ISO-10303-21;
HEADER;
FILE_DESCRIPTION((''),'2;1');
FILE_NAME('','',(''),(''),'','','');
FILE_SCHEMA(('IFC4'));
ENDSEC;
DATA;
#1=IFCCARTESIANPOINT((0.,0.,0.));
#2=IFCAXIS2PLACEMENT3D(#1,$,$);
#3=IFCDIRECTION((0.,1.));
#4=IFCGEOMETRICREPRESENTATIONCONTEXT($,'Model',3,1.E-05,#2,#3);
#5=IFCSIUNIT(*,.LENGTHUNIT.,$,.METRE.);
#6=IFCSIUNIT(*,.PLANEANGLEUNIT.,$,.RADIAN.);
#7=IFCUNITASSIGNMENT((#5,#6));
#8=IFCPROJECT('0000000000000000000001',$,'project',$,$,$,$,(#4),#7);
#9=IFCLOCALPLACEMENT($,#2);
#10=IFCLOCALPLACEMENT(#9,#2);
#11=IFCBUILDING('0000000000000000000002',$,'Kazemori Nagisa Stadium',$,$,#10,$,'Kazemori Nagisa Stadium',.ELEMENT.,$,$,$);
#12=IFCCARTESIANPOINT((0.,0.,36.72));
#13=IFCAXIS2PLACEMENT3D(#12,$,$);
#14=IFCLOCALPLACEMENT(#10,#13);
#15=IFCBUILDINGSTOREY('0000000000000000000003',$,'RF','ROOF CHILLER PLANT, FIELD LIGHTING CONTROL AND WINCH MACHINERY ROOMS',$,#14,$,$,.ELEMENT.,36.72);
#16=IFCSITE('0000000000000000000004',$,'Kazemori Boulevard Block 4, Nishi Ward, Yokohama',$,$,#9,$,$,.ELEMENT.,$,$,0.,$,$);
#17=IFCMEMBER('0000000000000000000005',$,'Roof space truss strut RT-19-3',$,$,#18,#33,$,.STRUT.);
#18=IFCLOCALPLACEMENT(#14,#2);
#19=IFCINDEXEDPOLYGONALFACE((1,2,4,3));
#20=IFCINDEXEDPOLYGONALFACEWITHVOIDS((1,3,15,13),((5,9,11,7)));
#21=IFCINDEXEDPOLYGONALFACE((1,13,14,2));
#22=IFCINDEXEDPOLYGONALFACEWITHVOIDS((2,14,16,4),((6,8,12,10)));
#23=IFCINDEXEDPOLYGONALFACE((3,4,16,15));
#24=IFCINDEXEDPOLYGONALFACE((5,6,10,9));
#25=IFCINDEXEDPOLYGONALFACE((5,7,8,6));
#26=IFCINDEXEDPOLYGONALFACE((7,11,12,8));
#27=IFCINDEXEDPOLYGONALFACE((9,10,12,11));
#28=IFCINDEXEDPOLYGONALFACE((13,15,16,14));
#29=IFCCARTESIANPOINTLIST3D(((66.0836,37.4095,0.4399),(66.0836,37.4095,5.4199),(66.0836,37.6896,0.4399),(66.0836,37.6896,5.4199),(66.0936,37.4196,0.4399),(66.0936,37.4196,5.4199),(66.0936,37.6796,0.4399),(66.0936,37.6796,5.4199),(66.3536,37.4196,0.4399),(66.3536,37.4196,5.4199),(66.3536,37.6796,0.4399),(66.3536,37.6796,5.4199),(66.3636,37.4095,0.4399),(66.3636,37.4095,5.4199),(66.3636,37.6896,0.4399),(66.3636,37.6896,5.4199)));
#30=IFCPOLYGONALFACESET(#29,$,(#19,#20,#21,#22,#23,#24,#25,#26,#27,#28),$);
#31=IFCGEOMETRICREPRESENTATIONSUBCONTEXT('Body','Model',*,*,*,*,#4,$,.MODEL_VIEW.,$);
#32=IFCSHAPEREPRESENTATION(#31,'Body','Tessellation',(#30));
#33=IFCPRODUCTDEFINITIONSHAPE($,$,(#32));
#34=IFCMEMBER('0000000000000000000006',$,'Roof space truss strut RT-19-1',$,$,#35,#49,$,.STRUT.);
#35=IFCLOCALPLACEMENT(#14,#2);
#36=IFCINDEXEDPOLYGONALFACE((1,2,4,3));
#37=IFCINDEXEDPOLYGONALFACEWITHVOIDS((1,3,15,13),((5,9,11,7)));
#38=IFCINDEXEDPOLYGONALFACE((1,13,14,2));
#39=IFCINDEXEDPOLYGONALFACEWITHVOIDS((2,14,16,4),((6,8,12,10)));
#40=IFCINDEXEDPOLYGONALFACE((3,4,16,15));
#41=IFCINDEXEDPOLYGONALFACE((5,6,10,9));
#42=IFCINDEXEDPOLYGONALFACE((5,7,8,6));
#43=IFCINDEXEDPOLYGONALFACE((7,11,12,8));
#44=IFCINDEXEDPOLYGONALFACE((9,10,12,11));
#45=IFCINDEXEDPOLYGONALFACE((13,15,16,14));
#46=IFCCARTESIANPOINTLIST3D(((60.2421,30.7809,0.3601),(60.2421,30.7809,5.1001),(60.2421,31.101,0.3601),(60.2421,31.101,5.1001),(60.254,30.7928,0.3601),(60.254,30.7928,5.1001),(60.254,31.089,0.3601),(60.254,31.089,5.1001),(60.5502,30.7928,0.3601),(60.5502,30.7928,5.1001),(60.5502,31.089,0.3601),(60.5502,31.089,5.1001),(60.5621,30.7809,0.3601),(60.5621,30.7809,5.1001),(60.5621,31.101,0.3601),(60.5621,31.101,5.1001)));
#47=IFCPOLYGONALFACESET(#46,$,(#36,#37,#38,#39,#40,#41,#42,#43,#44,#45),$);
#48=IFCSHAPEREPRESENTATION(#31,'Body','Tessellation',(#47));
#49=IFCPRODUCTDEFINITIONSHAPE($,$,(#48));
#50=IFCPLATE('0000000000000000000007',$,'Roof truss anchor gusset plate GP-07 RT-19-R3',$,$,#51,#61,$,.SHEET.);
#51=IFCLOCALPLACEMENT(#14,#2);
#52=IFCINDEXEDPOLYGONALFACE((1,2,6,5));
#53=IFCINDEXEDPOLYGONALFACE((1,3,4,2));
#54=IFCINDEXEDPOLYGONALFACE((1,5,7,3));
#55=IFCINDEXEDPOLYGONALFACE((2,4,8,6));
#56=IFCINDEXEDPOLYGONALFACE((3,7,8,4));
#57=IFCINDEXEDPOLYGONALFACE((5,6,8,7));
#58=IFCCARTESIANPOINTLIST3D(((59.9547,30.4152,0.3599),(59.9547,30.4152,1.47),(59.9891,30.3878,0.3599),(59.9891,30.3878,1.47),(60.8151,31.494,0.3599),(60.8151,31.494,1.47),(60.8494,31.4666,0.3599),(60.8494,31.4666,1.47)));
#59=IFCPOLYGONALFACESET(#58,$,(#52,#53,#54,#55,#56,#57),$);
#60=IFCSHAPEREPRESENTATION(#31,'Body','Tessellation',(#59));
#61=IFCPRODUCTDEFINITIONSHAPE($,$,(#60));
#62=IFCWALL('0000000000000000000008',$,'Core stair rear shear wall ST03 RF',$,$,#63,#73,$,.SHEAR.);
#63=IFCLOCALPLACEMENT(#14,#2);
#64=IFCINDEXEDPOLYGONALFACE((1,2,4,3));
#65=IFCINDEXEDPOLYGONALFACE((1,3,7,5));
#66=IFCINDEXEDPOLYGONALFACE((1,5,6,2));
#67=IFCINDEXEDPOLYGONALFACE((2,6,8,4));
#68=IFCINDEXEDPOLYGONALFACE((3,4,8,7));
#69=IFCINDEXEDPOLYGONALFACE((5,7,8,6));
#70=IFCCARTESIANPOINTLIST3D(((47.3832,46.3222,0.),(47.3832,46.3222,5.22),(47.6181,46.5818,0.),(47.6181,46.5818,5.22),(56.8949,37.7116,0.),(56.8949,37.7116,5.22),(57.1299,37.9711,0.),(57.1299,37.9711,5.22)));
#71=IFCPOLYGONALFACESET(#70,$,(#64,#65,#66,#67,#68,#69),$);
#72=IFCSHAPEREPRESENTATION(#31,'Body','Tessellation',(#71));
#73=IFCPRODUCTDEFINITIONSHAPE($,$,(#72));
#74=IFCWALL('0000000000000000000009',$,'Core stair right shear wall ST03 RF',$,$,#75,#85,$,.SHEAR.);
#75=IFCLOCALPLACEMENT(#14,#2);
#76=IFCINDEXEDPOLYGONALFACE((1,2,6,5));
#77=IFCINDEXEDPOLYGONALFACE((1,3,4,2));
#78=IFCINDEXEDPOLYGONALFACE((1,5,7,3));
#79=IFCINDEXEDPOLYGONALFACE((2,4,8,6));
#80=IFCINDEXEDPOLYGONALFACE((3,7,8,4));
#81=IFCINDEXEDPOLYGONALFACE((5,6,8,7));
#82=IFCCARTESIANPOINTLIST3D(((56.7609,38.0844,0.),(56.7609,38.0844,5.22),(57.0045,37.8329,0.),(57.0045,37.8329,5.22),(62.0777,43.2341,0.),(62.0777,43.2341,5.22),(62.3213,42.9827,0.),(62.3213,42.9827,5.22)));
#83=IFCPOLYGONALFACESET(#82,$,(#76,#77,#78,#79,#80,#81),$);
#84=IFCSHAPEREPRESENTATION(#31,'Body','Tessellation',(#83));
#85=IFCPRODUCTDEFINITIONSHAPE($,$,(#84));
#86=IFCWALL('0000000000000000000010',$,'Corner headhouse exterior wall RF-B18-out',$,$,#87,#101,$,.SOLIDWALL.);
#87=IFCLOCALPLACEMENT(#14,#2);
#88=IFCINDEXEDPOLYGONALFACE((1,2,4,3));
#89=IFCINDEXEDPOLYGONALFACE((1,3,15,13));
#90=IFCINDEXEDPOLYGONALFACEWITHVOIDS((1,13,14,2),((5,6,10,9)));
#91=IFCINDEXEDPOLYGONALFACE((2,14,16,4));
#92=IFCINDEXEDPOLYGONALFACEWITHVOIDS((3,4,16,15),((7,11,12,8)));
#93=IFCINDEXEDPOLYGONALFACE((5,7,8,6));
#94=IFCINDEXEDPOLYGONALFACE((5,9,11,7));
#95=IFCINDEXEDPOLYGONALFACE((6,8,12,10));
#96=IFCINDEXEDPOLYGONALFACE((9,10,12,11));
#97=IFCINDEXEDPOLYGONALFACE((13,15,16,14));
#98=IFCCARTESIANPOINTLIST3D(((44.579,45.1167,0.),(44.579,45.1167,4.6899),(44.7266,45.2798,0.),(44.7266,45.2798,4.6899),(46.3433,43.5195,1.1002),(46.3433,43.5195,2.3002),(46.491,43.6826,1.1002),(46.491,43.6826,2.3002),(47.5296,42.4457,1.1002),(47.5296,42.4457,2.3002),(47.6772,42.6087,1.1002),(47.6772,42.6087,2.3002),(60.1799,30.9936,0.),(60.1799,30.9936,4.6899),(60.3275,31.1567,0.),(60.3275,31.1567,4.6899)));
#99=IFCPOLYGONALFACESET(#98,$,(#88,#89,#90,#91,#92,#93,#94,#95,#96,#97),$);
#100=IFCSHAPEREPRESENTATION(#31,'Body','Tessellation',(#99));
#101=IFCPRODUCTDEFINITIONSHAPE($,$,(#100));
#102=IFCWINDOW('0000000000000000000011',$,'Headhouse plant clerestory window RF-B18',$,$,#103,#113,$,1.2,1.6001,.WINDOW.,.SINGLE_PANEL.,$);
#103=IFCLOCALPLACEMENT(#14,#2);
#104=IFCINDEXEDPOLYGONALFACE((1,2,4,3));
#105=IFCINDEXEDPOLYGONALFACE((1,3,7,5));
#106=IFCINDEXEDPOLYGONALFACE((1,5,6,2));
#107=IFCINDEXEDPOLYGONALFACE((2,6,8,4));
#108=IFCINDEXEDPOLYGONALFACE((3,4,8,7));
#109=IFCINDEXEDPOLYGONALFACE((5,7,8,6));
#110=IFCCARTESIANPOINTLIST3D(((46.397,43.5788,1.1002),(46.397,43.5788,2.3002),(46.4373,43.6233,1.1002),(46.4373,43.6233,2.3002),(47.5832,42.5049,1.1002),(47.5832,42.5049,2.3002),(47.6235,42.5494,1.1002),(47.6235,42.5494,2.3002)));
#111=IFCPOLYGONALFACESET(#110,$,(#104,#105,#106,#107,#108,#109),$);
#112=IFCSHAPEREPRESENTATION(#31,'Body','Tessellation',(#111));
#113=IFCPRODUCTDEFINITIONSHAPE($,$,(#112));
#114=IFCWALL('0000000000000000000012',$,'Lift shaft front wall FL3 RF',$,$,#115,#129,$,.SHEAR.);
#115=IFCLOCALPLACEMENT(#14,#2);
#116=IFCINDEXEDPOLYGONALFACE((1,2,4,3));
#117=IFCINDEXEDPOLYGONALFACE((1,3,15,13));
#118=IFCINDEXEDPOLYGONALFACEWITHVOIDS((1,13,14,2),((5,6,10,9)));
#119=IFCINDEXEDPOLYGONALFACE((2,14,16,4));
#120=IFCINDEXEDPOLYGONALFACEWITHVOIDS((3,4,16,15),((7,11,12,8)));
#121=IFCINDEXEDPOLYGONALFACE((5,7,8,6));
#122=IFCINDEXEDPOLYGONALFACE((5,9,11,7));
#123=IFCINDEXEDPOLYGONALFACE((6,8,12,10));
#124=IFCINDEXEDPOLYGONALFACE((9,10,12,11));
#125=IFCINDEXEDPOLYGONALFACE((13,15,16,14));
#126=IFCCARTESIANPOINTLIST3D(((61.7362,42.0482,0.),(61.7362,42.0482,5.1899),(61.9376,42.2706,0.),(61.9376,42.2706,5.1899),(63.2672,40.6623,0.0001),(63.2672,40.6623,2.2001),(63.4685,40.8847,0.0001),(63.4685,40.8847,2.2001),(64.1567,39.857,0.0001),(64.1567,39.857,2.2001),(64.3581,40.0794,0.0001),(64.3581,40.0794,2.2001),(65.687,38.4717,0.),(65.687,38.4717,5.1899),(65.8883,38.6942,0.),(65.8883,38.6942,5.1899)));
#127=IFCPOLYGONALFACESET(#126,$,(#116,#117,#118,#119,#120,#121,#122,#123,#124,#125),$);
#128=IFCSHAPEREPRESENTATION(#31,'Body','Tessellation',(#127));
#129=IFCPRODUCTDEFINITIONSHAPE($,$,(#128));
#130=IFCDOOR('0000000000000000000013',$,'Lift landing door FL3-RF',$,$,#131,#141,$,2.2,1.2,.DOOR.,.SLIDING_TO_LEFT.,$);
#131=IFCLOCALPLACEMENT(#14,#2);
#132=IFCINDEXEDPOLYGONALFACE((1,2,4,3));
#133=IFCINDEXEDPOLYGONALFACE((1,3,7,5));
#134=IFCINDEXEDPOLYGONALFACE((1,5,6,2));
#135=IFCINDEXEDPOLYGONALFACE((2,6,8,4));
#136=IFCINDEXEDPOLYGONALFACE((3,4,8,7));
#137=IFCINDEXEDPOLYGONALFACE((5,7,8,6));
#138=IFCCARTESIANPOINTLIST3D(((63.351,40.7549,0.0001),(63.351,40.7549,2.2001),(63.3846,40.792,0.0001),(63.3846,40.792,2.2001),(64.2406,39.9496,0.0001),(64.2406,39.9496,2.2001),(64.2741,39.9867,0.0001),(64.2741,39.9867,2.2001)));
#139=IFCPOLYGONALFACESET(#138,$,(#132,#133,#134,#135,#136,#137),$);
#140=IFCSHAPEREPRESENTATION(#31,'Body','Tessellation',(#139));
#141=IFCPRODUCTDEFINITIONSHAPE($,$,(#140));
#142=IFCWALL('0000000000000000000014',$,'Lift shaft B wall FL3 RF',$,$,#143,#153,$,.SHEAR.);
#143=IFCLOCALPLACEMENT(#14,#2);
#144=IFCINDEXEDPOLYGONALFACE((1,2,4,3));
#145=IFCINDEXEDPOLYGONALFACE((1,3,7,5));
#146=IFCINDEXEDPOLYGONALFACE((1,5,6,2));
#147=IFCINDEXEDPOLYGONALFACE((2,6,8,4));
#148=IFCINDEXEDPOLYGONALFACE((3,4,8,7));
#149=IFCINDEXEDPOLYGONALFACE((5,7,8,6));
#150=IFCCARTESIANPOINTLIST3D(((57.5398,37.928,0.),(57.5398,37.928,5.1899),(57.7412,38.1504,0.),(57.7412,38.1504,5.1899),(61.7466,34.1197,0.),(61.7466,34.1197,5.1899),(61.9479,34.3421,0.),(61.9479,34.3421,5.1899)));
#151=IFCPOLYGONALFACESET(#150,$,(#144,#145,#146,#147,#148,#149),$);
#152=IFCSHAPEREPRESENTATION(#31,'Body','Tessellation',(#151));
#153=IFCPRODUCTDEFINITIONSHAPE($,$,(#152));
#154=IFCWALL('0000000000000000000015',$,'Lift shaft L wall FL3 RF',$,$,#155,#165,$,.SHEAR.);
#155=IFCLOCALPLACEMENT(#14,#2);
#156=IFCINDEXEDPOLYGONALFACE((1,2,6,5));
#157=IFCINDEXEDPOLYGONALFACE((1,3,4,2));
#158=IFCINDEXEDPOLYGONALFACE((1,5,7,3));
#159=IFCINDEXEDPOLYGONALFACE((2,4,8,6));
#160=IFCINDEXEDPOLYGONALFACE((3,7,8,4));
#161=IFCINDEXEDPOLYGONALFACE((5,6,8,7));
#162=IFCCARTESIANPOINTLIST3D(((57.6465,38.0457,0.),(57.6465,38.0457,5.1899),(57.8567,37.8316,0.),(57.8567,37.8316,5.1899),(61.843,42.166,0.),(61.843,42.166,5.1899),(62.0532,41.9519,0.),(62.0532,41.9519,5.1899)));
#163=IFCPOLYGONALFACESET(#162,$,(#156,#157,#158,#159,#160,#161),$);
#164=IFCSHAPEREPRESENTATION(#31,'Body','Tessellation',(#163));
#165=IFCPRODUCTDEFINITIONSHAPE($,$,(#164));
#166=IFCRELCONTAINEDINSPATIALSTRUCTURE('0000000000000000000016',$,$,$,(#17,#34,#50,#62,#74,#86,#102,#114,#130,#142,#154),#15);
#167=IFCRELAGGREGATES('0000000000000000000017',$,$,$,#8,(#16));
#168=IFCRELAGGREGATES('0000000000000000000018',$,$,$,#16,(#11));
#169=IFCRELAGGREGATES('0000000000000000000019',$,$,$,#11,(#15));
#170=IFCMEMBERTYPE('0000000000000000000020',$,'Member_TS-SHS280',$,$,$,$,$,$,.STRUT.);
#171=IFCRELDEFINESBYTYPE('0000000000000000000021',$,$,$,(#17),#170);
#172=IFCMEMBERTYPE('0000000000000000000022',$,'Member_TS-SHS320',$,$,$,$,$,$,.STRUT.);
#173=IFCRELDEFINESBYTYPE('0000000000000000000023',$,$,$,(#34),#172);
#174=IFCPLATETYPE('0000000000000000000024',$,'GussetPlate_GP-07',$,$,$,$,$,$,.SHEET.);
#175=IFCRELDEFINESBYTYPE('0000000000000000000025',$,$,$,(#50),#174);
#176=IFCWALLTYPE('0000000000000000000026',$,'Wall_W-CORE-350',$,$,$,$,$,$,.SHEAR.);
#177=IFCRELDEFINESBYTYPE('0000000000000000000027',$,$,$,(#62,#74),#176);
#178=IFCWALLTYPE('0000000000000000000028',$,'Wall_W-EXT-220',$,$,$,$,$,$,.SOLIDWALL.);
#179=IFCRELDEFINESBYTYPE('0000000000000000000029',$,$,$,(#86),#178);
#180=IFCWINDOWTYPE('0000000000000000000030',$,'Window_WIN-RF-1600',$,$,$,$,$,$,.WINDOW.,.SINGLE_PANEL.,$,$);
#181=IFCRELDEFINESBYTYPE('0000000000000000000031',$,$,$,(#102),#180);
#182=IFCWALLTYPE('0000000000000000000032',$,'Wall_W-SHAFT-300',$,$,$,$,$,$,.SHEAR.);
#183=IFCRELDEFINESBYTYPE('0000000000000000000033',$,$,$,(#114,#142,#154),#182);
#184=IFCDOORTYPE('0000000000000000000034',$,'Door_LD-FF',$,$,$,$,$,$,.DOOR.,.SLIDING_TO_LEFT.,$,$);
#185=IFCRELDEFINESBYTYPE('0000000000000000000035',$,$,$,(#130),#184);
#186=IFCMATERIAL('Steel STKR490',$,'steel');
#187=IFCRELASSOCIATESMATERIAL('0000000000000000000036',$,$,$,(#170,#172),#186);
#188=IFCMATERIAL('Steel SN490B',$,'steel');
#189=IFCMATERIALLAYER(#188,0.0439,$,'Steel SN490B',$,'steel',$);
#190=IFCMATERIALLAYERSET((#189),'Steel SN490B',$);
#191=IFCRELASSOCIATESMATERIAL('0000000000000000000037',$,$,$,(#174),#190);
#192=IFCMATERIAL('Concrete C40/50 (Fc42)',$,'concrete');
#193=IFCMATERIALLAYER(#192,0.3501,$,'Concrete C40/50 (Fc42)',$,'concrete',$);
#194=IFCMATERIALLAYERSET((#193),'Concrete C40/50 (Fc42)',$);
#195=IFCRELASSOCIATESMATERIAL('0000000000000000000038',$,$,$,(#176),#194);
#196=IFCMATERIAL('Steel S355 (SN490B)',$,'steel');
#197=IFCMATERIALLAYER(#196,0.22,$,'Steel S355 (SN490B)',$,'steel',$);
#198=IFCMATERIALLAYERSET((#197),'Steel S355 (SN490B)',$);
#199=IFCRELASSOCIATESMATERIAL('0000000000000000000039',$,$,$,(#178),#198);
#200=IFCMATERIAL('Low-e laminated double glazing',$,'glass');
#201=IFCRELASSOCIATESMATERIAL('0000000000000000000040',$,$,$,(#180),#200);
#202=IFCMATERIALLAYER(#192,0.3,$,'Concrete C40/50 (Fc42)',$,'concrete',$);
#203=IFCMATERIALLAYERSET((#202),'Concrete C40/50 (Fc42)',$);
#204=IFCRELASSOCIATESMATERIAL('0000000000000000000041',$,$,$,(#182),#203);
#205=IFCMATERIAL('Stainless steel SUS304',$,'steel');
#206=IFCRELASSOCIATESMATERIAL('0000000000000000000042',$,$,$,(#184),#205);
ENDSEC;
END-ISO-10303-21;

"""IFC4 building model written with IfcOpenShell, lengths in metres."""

from ifc_helpers import new_model, si_unit, direction, frame, frame_2d, origin, origin_2d, place, context, subcontext, project, spatial, rectangle, hollow_rectangle, extrude, material, layer, layer_set, material_profile, profile_set, type_object, element, fill, save


model = new_model("IFC4")

# Units and contexts
model_context = context("Model", 3, precision=1e-05, world=origin(), true_north=direction((0.0, 1.0)))
body_context = subcontext(model_context, "Body", "Model", "MODEL_VIEW")
ifc_project = project(units=[si_unit("LENGTHUNIT", "METRE"), si_unit("PLANEANGLEUNIT", "RADIAN")], contexts=[model_context])

# Site, building, storey
site_placement = place(None, origin())
site = spatial("IfcSite", under=ifc_project, at=site_placement, Name="Kazemori Boulevard Block 4, Nishi Ward, Yokohama", CompositionType="ELEMENT", RefElevation=0.0)
building_placement = place(site_placement, origin())
building = spatial("IfcBuilding", under=site, at=building_placement, Name="Kazemori Nagisa Stadium", LongName="Kazemori Nagisa Stadium", CompositionType="ELEMENT")
storey_placement = place(building_placement, frame((0.0, 0.0, 36.72)))
storey = spatial("IfcBuildingStorey", under=building, at=storey_placement, Name="RF", Description="ROOF CHILLER PLANT, FIELD LIGHTING CONTROL AND WINCH MACHINERY ROOMS", CompositionType="ELEMENT", Elevation=36.72)

# Shared definitions
ifc_material_1 = material(Name="Steel SN490B", Category="steel")

# Shared definitions
ifc_material_2 = material(Name="Concrete C40/50 (Fc42)", Category="concrete")

# Members
ifc_material_3 = material(Name="Steel STKR490", Category="steel")
ifc_material_profile_1 = material_profile(ifc_material_3, hollow_rectangle(XDim=0.28, YDim=0.28, WallThickness=0.01, at=origin_2d()), Name="SHS-280x280x10")
ifc_profile_set_1 = profile_set([ifc_material_profile_1], Name="Steel STKR490")
member_type_1 = type_object("IfcMemberType", Name="Member_TS-SHS280", PredefinedType="STRUT", material=ifc_profile_set_1)
member_1_placement = place(storey_placement, frame((66.2236, 37.5496, 0.4399), z_axis=(0.0, 0.0, 1.0), x_axis=(1.0, 0.0, 0.0)))
element("IfcMember", 1, at=member_1_placement, inside=storey, type_object=member_type_1, Name="Roof space truss strut RT-19-3", PredefinedType="STRUT", context=body_context, shape_type="SweptSolid", body=[
    extrude(hollow_rectangle(XDim=0.28, YDim=0.28, WallThickness=0.01, at=origin_2d()), origin(), (0.0, 0.0, 1.0), 4.98),
])
ifc_material_profile_2 = material_profile(ifc_material_3, hollow_rectangle(XDim=0.3201, YDim=0.3201, WallThickness=0.012, at=origin_2d()), Name="SHS-320x320x12")
ifc_profile_set_2 = profile_set([ifc_material_profile_2], Name="Steel STKR490")
member_type_2 = type_object("IfcMemberType", Name="Member_TS-SHS320", PredefinedType="STRUT", material=ifc_profile_set_2)
member_2_placement = place(storey_placement, frame((60.4021, 30.9409, 0.3601), z_axis=(0.0, 0.0, 1.0), x_axis=(1.0, 0.0, 0.0)))
element("IfcMember", 2, at=member_2_placement, inside=storey, type_object=member_type_2, Name="Roof space truss strut RT-19-1", PredefinedType="STRUT", context=body_context, shape_type="SweptSolid", body=[
    extrude(hollow_rectangle(XDim=0.3201, YDim=0.3201, WallThickness=0.012, at=origin_2d()), origin(), (0.0, 0.0, 1.0), 4.74),
])

# Plate
ifc_layer_1 = layer(ifc_material_1, 0.0439, Name="Steel SN490B", Category="steel")
ifc_layer_set_1 = layer_set([ifc_layer_1], Name="Steel SN490B")
plate_type = type_object("IfcPlateType", Name="GussetPlate_GP-07", PredefinedType="SHEET", material=ifc_layer_set_1)
plate_placement = place(storey_placement, frame((60.4021, 30.9409, 0.3599), z_axis=(0.0, 0.0, 1.0), x_axis=(-0.62349, -0.781831, 0.0)))
element("IfcPlate", 3, at=plate_placement, inside=storey, type_object=plate_type, Name="Roof truss anchor gusset plate GP-07 RT-19-R3", PredefinedType="SHEET", context=body_context, shape_type="SweptSolid", body=[
    extrude(rectangle(XDim=1.3799, YDim=0.0439, at=origin_2d()), origin(), (0.0, 0.0, 1.0), 1.1101),
])

# Walls
ifc_layer_2 = layer(ifc_material_2, 0.3501, Name="Concrete C40/50 (Fc42)", Category="concrete")
ifc_layer_set_2 = layer_set([ifc_layer_2], Name="Concrete C40/50 (Fc42)")
wall_type_1 = type_object("IfcWallType", Name="Wall_W-CORE-350", PredefinedType="SHEAR", material=ifc_layer_set_2)
wall_1_placement = place(storey_placement, frame((47.5007, 46.4519, 0.0), z_axis=(0.0, 0.0, 1.0), x_axis=(0.741351, -0.671117, 0.0)))
element("IfcWall", 4, at=wall_1_placement, inside=storey, type_object=wall_type_1, Name="Core stair rear shear wall ST03 RF", PredefinedType="SHEAR", context=body_context, shape_type="SweptSolid", body=[
    extrude(rectangle(XDim=12.8303, YDim=0.3501, at=frame_2d((6.415, 0.0))), origin(), (0.0, 0.0, 1.0), 5.22),
])
wall_2_placement = place(storey_placement, frame((62.1995, 43.1084, 0.0), z_axis=(0.0, 0.0, 1.0), x_axis=(-0.718297, -0.695736, 0.0)))
element("IfcWall", 5, at=wall_2_placement, inside=storey, type_object=wall_type_1, Name="Core stair right shear wall ST03 RF", PredefinedType="SHEAR", context=body_context, shape_type="SweptSolid", body=[
    extrude(rectangle(XDim=7.4019, YDim=0.3501, at=frame_2d((3.7009, 0.0))), origin(), (0.0, 0.0, 1.0), 5.22),
])

# Wall, opening, window
ifc_material_4 = material(Name="Steel S355 (SN490B)", Category="steel")
ifc_layer_3 = layer(ifc_material_4, 0.22, Name="Steel S355 (SN490B)", Category="steel")
ifc_layer_set_3 = layer_set([ifc_layer_3], Name="Steel S355 (SN490B)")
wall_type_2 = type_object("IfcWallType", Name="Wall_W-EXT-220", PredefinedType="SOLIDWALL", material=ifc_layer_set_3)
wall_3_placement = place(storey_placement, frame((44.6528, 45.1982, 0.0), z_axis=(0.0, 0.0, 1.0), x_axis=(0.741346, -0.671123, 0.0)))
wall_3 = element("IfcWall", 6, at=wall_3_placement, inside=storey, type_object=wall_type_2, Name="Corner headhouse exterior wall RF-B18-out", PredefinedType="SOLIDWALL", context=body_context, shape_type="SweptSolid", body=[
    extrude(rectangle(XDim=21.0439, YDim=0.22, at=frame_2d((10.522, 0.0))), origin(), (0.0, 0.0, 1.0), 4.6899),
])
opening_1_placement = place(wall_3_placement, frame((2.3799, 0.0, 1.1001)))
opening_1 = element("IfcOpeningElement", 7, at=opening_1_placement, cuts=wall_3, PredefinedType="OPENING", context=body_context, shape_type="SweptSolid", body=[
    extrude(rectangle(XDim=1.6001, YDim=1.2, at=frame_2d((0.8, 0.6001))), frame((0.0, 0.1199, 0.0), z_axis=(0.0, -1.0, 0.0), x_axis=(1.0, 0.0, 0.0)), (0.0, 0.0, 1.0), 0.24),
])
ifc_material_5 = material(Name="Low-e laminated double glazing", Category="glass")
window_type = type_object("IfcWindowType", Name="Window_WIN-RF-1600", PartitioningType="SINGLE_PANEL", PredefinedType="WINDOW", material=ifc_material_5)
window_placement = place(opening_1_placement, origin())
window = element("IfcWindow", 8, at=window_placement, inside=storey, type_object=window_type, Name="Headhouse plant clerestory window RF-B18", OverallHeight=1.2, OverallWidth=1.6001, PartitioningType="SINGLE_PANEL", PredefinedType="WINDOW", context=body_context, shape_type="SweptSolid", body=[
    extrude(rectangle(XDim=1.6001, YDim=1.2, at=frame_2d((0.8, 0.6001))), frame((0.0, 0.03, 0.0), z_axis=(0.0, -1.0, 0.0), x_axis=(1.0, 0.0, 0.0)), (0.0, 0.0, 1.0), 0.0601),
])
fill(opening_1, window)

# Wall, opening, door
ifc_layer_4 = layer(ifc_material_2, 0.3, Name="Concrete C40/50 (Fc42)", Category="concrete")
ifc_layer_set_4 = layer_set([ifc_layer_4], Name="Concrete C40/50 (Fc42)")
wall_type_3 = type_object("IfcWallType", Name="Wall_W-SHAFT-300", PredefinedType="SHEAR", material=ifc_layer_set_4)
wall_4_placement = place(storey_placement, frame((61.8369, 42.1594, 0.0), z_axis=(0.0, 0.0, 1.0), x_axis=(0.74135, -0.671118, 0.0)))
wall_4 = element("IfcWall", 9, at=wall_4_placement, inside=storey, type_object=wall_type_3, Name="Lift shaft front wall FL3 RF", PredefinedType="SHEAR", context=body_context, shape_type="SweptSolid", body=[
    extrude(rectangle(XDim=5.3291, YDim=0.3, at=frame_2d((2.6646, 0.0))), origin(), (0.0, 0.0, 1.0), 5.1899),
])
opening_2_placement = place(wall_4_placement, frame((2.0649, 0.0, 0.0)))
opening_2 = element("IfcOpeningElement", 10, at=opening_2_placement, cuts=wall_4, PredefinedType="OPENING", context=body_context, shape_type="SweptSolid", body=[
    extrude(rectangle(XDim=1.2, YDim=2.2, at=frame_2d((0.6001, 1.1001))), frame((0.0, 0.1599, 0.0), z_axis=(0.0, -1.0, 0.0), x_axis=(1.0, 0.0, 0.0)), (0.0, 0.0, 1.0), 0.3201),
])
ifc_material_6 = material(Name="Stainless steel SUS304", Category="steel")
door_type_1 = type_object("IfcDoorType", Name="Door_LD-FF", OperationType="SLIDING_TO_LEFT", PredefinedType="DOOR", material=ifc_material_6)
door_1_placement = place(opening_2_placement, origin())
door_1 = element("IfcDoor", 11, at=door_1_placement, inside=storey, type_object=door_type_1, Name="Lift landing door FL3-RF", OperationType="SLIDING_TO_LEFT", OverallHeight=2.2, OverallWidth=1.2, PredefinedType="DOOR", context=body_context, shape_type="SweptSolid", body=[
    extrude(rectangle(XDim=1.2, YDim=2.2, at=frame_2d((0.6001, 1.1001))), frame((0.0, 0.0249, 0.0), z_axis=(0.0, -1.0, 0.0), x_axis=(1.0, 0.0, 0.0)), (0.0, 0.0, 1.0), 0.05),
])
fill(opening_2, door_1)

# Walls
wall_5_placement = place(storey_placement, frame((57.6404, 38.0393, 0.0), z_axis=(0.0, 0.0, 1.0), x_axis=(0.741342, -0.671127, 0.0)))
element("IfcWall", 12, at=wall_5_placement, inside=storey, type_object=wall_type_3, Name="Lift shaft B wall FL3 RF", PredefinedType="SHEAR", context=body_context, shape_type="SweptSolid", body=[
    extrude(rectangle(XDim=5.6746, YDim=0.3, at=frame_2d((2.8374, 0.0))), origin(), (0.0, 0.0, 1.0), 5.1899),
])
wall_6_placement = place(storey_placement, frame((61.948, 42.0588, 0.0), z_axis=(0.0, 0.0, 1.0), x_axis=(-0.713553, -0.700601, 0.0)))
element("IfcWall", 13, at=wall_6_placement, inside=storey, type_object=wall_type_3, Name="Lift shaft L wall FL3 RF", PredefinedType="SHEAR", context=body_context, shape_type="SweptSolid", body=[
    extrude(rectangle(XDim=5.8811, YDim=0.3, at=frame_2d((2.9404, 0.0))), origin(), (0.0, 0.0, 1.0), 5.1899),
])

save(model, "model.ifc")
